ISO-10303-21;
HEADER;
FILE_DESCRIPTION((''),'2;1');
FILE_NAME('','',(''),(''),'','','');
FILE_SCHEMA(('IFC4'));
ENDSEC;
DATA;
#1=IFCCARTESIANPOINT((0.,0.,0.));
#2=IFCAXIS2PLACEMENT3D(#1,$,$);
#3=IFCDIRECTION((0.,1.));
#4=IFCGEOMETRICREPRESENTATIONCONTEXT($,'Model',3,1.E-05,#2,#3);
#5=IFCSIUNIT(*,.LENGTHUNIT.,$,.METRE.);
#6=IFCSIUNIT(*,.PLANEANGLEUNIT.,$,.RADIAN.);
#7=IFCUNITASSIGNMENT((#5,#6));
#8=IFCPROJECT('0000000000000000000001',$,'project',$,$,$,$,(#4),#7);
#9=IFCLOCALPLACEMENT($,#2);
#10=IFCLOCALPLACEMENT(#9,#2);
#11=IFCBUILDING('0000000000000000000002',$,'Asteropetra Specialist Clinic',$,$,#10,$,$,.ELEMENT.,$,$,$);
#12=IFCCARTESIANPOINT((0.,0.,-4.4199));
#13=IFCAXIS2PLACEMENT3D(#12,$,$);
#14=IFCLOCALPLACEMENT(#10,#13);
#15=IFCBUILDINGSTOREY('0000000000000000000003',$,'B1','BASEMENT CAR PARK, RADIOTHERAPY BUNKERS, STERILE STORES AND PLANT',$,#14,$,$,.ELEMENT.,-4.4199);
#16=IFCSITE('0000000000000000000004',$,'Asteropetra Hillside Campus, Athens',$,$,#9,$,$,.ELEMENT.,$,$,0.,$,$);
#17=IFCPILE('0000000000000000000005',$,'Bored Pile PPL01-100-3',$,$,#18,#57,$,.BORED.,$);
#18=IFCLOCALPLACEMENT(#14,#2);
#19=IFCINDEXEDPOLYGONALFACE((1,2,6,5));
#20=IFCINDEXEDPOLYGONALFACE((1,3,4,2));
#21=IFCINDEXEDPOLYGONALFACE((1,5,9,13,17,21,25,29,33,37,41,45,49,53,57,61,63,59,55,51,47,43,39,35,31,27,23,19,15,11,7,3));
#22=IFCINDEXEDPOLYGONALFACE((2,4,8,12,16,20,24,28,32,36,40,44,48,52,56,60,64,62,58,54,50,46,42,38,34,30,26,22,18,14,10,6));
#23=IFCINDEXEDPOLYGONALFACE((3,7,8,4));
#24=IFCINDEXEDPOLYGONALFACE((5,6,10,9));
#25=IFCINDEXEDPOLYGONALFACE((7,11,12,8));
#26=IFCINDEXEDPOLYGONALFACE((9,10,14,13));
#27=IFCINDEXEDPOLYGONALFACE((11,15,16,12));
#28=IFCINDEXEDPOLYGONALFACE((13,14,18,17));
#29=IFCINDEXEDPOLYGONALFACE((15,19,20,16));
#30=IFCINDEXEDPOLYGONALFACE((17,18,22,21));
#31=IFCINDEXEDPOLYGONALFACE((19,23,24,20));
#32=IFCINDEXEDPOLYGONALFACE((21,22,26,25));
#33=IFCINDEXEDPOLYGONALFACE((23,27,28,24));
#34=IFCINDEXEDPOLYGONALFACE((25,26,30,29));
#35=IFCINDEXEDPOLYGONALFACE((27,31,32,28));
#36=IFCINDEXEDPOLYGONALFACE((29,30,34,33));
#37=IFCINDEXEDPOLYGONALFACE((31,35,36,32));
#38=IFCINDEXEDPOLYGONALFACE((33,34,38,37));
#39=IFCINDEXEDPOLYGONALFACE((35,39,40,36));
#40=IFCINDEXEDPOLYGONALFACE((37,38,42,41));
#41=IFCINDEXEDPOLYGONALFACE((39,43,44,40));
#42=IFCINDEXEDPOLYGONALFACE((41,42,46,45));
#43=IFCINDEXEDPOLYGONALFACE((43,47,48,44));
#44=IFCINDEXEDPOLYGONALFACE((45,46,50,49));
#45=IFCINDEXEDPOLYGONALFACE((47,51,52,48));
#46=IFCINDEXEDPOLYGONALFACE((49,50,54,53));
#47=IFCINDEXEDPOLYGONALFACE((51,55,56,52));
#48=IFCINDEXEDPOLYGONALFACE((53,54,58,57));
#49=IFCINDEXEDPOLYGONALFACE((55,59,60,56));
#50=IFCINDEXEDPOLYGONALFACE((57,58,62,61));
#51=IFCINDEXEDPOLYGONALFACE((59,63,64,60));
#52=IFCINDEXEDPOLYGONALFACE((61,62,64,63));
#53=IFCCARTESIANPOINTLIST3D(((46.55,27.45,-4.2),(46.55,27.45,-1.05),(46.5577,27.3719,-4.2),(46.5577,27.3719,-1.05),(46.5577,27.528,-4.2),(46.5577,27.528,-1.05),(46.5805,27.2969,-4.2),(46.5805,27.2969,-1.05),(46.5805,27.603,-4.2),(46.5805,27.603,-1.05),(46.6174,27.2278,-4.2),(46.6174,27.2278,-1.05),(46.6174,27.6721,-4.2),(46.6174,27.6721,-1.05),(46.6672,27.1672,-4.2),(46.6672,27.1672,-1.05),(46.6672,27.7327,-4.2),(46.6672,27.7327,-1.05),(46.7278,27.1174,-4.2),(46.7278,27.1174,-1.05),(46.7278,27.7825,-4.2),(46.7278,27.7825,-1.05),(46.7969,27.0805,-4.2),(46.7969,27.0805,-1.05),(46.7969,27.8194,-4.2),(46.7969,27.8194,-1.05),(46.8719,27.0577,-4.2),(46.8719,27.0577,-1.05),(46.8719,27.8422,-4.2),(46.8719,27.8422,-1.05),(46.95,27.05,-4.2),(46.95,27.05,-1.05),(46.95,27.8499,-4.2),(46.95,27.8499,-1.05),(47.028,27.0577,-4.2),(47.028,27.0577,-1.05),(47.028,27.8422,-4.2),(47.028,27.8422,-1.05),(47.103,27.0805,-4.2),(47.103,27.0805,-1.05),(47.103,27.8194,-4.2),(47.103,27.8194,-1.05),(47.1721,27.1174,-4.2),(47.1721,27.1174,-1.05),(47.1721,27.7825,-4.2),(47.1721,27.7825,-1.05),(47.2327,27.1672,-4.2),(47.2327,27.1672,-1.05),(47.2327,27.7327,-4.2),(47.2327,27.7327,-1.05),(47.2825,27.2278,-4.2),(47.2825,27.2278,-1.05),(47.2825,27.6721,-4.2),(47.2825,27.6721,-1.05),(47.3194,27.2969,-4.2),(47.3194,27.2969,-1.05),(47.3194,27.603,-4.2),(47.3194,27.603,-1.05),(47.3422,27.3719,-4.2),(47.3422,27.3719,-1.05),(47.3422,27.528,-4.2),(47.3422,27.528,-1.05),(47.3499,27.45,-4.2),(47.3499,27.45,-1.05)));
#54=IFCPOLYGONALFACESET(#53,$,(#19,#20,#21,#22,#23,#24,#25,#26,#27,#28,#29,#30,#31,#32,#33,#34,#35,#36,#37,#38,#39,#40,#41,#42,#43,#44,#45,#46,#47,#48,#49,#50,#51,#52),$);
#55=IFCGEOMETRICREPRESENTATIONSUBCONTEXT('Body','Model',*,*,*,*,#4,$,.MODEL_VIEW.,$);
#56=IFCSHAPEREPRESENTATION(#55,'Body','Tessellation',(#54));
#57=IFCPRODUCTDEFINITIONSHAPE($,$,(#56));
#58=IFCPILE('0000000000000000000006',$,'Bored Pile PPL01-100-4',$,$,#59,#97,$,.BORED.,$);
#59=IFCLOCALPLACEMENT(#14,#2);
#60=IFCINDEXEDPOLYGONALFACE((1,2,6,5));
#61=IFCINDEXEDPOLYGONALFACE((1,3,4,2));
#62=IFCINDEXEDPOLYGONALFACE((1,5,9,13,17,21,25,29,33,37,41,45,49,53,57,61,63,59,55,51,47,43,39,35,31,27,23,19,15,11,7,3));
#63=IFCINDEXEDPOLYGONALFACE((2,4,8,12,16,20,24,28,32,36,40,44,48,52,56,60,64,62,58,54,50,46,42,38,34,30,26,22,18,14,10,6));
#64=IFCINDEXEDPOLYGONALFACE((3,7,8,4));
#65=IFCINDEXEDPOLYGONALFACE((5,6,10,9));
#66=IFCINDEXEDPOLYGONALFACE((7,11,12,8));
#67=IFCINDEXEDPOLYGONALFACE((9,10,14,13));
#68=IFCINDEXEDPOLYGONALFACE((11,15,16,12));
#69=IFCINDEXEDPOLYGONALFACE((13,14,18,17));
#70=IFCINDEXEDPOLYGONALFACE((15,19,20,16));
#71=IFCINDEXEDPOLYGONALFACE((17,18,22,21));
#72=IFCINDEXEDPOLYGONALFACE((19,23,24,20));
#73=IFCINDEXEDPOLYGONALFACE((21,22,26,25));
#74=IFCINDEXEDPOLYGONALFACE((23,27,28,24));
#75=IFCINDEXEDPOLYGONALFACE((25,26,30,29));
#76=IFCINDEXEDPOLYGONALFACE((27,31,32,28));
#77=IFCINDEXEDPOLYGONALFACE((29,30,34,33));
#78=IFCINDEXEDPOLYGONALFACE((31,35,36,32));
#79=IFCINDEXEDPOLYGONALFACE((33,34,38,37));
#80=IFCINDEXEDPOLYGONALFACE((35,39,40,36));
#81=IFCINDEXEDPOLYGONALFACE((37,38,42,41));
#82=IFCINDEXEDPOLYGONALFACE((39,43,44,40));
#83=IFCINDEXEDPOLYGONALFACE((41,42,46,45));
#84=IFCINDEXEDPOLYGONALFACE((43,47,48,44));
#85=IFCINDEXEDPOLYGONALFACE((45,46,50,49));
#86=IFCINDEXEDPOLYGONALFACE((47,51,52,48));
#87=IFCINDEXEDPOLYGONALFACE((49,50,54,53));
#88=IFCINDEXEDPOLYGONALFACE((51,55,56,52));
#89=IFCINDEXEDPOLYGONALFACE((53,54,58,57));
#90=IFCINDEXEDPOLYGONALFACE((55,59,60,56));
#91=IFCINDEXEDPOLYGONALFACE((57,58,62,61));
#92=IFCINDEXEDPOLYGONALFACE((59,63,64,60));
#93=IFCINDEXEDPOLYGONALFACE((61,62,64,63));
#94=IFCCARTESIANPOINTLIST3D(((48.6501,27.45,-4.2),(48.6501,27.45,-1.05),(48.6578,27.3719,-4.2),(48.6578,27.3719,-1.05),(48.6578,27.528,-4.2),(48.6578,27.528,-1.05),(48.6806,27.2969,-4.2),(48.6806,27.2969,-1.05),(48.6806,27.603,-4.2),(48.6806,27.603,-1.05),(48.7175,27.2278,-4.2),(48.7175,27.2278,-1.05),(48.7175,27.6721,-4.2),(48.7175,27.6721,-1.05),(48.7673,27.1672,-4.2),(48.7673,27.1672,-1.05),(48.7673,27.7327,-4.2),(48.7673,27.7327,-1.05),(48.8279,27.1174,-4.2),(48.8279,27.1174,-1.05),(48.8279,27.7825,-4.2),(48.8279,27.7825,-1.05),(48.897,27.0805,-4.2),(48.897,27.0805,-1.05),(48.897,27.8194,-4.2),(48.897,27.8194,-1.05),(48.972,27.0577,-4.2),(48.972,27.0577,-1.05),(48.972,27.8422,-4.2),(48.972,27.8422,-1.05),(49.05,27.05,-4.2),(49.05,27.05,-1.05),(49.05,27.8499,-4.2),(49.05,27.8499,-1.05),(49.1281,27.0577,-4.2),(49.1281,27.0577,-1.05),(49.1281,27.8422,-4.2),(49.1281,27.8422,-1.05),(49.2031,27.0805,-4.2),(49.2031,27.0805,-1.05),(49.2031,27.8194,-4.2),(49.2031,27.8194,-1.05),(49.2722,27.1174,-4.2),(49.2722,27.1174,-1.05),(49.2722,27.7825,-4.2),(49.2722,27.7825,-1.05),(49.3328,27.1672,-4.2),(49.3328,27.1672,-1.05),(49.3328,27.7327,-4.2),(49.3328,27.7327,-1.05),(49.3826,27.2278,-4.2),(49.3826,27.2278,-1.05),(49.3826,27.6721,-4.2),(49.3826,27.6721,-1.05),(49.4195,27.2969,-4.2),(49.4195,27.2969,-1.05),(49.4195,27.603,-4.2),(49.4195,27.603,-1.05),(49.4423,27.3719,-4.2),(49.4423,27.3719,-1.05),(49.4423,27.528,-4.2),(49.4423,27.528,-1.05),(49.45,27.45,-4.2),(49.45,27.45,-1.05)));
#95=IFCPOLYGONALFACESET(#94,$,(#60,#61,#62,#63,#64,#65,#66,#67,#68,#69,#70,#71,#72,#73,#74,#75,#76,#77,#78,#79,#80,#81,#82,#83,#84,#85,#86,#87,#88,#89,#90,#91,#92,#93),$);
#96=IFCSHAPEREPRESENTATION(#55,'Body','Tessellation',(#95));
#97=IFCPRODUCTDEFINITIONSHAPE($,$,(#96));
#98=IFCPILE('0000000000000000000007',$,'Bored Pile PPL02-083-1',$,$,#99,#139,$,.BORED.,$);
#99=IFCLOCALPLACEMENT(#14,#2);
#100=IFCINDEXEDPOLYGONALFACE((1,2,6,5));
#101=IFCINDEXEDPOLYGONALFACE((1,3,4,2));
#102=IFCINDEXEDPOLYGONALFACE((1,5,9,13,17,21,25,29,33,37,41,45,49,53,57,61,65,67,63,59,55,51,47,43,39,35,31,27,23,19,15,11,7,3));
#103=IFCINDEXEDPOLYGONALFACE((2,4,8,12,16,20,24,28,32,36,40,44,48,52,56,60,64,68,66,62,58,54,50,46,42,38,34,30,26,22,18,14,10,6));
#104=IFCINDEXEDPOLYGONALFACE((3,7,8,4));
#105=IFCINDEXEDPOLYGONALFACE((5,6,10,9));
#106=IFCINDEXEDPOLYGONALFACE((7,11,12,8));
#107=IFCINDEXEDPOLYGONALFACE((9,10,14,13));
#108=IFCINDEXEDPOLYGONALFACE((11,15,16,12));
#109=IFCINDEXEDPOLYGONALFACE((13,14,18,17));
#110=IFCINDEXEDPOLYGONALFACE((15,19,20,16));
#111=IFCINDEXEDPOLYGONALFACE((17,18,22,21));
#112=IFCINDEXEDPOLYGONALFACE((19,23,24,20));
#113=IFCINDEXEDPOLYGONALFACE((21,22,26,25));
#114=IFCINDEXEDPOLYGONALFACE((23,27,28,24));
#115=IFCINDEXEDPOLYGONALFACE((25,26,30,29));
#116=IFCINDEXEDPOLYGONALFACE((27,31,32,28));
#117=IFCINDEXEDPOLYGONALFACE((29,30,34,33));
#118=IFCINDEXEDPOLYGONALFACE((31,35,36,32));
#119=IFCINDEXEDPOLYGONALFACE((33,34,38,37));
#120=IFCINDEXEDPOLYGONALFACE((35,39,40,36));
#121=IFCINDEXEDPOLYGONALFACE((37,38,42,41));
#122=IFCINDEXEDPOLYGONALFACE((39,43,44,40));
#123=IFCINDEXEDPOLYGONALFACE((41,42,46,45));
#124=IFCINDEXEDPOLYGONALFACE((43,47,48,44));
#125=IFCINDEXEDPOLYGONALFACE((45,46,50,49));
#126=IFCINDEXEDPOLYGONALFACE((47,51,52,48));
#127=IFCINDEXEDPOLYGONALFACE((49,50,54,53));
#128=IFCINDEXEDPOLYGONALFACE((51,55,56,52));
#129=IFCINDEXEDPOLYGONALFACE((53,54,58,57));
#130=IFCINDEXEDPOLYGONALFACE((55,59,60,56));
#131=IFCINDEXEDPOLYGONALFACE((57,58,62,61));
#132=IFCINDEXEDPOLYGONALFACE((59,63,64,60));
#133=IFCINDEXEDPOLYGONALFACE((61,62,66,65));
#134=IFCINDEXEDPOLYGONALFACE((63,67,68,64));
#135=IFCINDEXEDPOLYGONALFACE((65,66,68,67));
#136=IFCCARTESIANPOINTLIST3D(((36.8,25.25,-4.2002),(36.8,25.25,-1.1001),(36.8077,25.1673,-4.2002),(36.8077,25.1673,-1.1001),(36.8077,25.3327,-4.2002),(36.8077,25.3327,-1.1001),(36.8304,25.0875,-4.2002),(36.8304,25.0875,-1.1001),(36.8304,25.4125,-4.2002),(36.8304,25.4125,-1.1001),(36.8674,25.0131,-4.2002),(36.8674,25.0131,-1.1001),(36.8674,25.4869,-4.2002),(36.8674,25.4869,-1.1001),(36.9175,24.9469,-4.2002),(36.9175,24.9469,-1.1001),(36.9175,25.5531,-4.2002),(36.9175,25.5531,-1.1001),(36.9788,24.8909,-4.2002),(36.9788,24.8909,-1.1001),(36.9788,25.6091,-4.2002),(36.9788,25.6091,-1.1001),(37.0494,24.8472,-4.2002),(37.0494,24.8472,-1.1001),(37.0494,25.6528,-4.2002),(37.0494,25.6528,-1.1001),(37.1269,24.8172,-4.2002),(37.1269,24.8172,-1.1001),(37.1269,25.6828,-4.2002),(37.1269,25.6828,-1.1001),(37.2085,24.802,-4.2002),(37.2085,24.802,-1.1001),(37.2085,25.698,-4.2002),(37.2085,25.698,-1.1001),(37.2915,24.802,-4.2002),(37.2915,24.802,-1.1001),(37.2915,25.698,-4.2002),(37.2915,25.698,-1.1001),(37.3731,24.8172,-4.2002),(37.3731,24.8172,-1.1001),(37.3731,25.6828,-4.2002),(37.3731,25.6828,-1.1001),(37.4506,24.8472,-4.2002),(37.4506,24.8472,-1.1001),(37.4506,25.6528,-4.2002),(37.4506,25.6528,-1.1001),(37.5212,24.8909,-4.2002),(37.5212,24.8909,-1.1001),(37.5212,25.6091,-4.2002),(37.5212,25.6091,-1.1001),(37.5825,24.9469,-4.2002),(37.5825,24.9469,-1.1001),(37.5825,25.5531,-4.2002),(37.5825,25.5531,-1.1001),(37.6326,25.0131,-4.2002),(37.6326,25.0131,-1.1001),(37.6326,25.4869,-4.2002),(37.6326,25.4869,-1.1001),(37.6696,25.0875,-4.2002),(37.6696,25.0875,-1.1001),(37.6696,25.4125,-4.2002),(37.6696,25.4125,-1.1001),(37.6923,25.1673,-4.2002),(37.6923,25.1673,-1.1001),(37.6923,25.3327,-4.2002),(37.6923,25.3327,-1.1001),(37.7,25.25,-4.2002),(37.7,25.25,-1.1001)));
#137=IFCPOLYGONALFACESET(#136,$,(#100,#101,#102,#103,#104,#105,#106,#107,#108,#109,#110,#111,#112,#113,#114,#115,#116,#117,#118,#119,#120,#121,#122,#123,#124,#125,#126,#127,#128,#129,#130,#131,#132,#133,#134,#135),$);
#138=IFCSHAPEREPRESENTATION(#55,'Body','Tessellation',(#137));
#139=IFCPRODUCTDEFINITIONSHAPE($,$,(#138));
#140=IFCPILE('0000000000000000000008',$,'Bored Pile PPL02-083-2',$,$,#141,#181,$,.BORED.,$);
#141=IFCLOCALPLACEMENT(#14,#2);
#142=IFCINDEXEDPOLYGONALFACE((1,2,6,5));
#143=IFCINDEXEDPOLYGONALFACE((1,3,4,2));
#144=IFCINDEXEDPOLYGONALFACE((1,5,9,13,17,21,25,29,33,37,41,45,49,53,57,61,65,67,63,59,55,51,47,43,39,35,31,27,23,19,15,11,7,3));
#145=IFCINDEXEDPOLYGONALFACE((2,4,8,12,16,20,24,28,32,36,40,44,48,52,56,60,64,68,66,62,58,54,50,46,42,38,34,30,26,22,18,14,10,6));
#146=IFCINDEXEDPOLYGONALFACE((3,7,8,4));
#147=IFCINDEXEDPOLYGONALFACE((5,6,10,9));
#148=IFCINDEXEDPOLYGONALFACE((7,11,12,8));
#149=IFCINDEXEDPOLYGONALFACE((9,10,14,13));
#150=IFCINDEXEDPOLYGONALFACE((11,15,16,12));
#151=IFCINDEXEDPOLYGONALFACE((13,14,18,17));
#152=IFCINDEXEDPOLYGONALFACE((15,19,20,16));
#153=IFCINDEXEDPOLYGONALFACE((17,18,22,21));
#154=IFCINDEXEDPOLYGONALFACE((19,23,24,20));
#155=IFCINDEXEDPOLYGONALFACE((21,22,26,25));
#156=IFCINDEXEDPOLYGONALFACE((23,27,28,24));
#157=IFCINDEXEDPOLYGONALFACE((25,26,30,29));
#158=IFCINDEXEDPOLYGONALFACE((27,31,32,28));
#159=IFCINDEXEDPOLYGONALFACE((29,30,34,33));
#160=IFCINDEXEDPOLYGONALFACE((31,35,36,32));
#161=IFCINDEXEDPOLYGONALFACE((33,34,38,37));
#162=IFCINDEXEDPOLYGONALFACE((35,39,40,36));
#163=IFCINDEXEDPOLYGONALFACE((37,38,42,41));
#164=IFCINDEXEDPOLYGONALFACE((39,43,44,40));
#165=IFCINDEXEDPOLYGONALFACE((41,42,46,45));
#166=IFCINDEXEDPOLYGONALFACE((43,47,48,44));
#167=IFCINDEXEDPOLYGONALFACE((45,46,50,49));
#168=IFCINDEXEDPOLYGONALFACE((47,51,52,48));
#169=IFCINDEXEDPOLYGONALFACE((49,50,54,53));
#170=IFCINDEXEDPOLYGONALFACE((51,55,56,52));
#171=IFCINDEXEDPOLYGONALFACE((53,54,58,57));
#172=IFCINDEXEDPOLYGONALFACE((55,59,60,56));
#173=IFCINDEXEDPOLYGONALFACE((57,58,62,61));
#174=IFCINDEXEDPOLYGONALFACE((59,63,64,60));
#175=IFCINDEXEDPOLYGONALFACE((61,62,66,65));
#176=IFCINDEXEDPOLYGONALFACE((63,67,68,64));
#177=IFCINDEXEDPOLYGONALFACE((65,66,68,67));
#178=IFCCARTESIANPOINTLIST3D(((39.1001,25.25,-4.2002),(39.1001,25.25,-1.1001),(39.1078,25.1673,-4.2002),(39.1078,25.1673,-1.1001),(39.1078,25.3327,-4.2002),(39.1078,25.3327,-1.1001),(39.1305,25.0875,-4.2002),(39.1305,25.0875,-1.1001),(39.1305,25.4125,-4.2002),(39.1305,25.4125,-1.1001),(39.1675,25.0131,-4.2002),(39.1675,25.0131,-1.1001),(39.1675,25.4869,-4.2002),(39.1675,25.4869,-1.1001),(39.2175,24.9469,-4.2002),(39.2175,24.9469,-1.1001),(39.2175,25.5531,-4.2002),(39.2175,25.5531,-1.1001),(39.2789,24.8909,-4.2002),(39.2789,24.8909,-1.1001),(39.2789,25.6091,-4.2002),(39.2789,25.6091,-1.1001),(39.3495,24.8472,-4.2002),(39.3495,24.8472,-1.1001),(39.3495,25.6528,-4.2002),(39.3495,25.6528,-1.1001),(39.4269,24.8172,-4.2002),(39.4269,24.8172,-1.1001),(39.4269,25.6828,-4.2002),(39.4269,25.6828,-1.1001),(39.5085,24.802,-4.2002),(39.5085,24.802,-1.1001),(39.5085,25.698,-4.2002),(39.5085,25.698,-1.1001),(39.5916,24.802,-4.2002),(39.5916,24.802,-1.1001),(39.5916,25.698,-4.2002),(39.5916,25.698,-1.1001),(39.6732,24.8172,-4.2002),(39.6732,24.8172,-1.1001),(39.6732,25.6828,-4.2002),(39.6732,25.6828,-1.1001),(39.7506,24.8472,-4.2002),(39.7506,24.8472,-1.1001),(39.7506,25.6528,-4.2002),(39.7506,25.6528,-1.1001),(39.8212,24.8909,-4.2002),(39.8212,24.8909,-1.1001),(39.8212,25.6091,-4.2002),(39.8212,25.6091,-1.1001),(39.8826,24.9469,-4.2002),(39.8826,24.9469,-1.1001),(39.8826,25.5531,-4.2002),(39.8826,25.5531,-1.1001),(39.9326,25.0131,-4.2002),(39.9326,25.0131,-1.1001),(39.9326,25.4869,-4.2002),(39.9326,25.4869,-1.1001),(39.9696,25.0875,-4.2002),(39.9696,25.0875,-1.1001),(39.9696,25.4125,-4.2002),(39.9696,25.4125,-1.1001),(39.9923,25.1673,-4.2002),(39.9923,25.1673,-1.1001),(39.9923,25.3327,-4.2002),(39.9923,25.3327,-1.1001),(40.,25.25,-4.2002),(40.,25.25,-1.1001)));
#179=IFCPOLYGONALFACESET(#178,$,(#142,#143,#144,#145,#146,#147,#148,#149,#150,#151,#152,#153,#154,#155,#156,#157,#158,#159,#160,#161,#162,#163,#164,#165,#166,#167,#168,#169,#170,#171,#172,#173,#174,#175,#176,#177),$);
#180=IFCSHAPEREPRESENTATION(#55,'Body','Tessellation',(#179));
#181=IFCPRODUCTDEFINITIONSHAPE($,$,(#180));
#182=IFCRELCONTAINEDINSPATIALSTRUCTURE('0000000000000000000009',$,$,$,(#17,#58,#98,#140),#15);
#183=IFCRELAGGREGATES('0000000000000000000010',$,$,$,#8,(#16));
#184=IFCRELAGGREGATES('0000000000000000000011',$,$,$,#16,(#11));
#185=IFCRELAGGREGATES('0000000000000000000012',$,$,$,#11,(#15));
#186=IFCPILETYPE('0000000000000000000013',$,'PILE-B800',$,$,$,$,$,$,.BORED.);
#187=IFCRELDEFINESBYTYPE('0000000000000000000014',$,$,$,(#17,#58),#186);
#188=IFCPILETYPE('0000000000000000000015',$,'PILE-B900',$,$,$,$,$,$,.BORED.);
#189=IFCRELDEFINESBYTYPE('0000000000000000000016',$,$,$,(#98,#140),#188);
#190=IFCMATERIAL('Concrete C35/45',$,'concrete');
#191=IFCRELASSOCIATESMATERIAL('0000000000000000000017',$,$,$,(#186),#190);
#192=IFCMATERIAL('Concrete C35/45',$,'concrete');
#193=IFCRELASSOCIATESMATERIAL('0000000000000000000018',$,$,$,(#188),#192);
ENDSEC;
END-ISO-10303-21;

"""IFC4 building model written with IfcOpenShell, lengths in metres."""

from ifc_helpers import new_model, si_unit, direction, frame, origin, origin_2d, place, context, subcontext, project, spatial, circle, extrude, material, material_profile, profile_set, type_object, element, save


model = new_model("IFC4")

# Units and contexts
model_context = context("Model", 3, precision=1e-05, world=origin(), true_north=direction((0.0, 1.0)))
body_context = subcontext(model_context, "Body", "Model", "MODEL_VIEW")
ifc_project = project(units=[si_unit("LENGTHUNIT", "METRE"), si_unit("PLANEANGLEUNIT", "RADIAN")], contexts=[model_context])

# Site, building, storey
site_placement = place(None, origin())
site = spatial("IfcSite", under=ifc_project, at=site_placement, Name="Asteropetra Hillside Campus, Athens", CompositionType="ELEMENT", RefElevation=0.0)
building_placement = place(site_placement, origin())
building = spatial("IfcBuilding", under=site, at=building_placement, Name="Asteropetra Specialist Clinic", CompositionType="ELEMENT")
storey_placement = place(building_placement, frame((0.0, 0.0, -4.4199)))
storey = spatial("IfcBuildingStorey", under=building, at=storey_placement, Name="B1", Description="BASEMENT CAR PARK, RADIOTHERAPY BUNKERS, STERILE STORES AND PLANT", CompositionType="ELEMENT", Elevation=-4.4199)

# Piles
ifc_material_1 = material(Name="Concrete C35/45", Category="concrete")
ifc_material_profile_1 = material_profile(ifc_material_1, circle(Radius=0.3999, at=origin_2d()), Name="PILE D800")
ifc_profile_set_1 = profile_set([ifc_material_profile_1], Name="Concrete C35/45")
pile_type_1 = type_object("IfcPileType", Name="PILE-B800", PredefinedType="BORED", material=ifc_profile_set_1)
for number, where, z_axis, x_axis, name in (
    (1, (46.95, 27.45, -1.05), (0.0, 0.0, -1.0), (1.0, 0.0, 0.0), "Bored Pile PPL01-100-3"),
    (2, (49.05, 27.45, -1.05), (0.0, 0.0, -1.0), (1.0, 0.0, 0.0), "Bored Pile PPL01-100-4"),
):
    element("IfcPile", number, at=place(storey_placement, frame(where, z_axis=z_axis, x_axis=x_axis)), inside=storey, type_object=pile_type_1, Name=name, PredefinedType="BORED", context=body_context, shape_type="SweptSolid", body=[
        extrude(circle(Radius=0.3999, at=origin_2d()), origin(), (0.0, 0.0, 1.0), 3.1499),
    ])
ifc_material_2 = material(Name="Concrete C35/45", Category="concrete")
ifc_material_profile_2 = material_profile(ifc_material_2, circle(Radius=0.45, at=origin_2d()), Name="PILE D900")
ifc_profile_set_2 = profile_set([ifc_material_profile_2], Name="Concrete C35/45")
pile_type_2 = type_object("IfcPileType", Name="PILE-B900", PredefinedType="BORED", material=ifc_profile_set_2)
for number, where, z_axis, x_axis, name in (
    (3, (37.25, 25.25, -1.1001), (0.0, 0.0, -1.0), (1.0, 0.0, 0.0), "Bored Pile PPL02-083-1"),
    (4, (39.55, 25.25, -1.1001), (0.0, 0.0, -1.0), (1.0, 0.0, 0.0), "Bored Pile PPL02-083-2"),
):
    element("IfcPile", number, at=place(storey_placement, frame(where, z_axis=z_axis, x_axis=x_axis)), inside=storey, type_object=pile_type_2, Name=name, PredefinedType="BORED", context=body_context, shape_type="SweptSolid", body=[
        extrude(circle(Radius=0.45, at=origin_2d()), origin(), (0.0, 0.0, 1.0), 3.1001),
    ])

save(model, "model.ifc")
